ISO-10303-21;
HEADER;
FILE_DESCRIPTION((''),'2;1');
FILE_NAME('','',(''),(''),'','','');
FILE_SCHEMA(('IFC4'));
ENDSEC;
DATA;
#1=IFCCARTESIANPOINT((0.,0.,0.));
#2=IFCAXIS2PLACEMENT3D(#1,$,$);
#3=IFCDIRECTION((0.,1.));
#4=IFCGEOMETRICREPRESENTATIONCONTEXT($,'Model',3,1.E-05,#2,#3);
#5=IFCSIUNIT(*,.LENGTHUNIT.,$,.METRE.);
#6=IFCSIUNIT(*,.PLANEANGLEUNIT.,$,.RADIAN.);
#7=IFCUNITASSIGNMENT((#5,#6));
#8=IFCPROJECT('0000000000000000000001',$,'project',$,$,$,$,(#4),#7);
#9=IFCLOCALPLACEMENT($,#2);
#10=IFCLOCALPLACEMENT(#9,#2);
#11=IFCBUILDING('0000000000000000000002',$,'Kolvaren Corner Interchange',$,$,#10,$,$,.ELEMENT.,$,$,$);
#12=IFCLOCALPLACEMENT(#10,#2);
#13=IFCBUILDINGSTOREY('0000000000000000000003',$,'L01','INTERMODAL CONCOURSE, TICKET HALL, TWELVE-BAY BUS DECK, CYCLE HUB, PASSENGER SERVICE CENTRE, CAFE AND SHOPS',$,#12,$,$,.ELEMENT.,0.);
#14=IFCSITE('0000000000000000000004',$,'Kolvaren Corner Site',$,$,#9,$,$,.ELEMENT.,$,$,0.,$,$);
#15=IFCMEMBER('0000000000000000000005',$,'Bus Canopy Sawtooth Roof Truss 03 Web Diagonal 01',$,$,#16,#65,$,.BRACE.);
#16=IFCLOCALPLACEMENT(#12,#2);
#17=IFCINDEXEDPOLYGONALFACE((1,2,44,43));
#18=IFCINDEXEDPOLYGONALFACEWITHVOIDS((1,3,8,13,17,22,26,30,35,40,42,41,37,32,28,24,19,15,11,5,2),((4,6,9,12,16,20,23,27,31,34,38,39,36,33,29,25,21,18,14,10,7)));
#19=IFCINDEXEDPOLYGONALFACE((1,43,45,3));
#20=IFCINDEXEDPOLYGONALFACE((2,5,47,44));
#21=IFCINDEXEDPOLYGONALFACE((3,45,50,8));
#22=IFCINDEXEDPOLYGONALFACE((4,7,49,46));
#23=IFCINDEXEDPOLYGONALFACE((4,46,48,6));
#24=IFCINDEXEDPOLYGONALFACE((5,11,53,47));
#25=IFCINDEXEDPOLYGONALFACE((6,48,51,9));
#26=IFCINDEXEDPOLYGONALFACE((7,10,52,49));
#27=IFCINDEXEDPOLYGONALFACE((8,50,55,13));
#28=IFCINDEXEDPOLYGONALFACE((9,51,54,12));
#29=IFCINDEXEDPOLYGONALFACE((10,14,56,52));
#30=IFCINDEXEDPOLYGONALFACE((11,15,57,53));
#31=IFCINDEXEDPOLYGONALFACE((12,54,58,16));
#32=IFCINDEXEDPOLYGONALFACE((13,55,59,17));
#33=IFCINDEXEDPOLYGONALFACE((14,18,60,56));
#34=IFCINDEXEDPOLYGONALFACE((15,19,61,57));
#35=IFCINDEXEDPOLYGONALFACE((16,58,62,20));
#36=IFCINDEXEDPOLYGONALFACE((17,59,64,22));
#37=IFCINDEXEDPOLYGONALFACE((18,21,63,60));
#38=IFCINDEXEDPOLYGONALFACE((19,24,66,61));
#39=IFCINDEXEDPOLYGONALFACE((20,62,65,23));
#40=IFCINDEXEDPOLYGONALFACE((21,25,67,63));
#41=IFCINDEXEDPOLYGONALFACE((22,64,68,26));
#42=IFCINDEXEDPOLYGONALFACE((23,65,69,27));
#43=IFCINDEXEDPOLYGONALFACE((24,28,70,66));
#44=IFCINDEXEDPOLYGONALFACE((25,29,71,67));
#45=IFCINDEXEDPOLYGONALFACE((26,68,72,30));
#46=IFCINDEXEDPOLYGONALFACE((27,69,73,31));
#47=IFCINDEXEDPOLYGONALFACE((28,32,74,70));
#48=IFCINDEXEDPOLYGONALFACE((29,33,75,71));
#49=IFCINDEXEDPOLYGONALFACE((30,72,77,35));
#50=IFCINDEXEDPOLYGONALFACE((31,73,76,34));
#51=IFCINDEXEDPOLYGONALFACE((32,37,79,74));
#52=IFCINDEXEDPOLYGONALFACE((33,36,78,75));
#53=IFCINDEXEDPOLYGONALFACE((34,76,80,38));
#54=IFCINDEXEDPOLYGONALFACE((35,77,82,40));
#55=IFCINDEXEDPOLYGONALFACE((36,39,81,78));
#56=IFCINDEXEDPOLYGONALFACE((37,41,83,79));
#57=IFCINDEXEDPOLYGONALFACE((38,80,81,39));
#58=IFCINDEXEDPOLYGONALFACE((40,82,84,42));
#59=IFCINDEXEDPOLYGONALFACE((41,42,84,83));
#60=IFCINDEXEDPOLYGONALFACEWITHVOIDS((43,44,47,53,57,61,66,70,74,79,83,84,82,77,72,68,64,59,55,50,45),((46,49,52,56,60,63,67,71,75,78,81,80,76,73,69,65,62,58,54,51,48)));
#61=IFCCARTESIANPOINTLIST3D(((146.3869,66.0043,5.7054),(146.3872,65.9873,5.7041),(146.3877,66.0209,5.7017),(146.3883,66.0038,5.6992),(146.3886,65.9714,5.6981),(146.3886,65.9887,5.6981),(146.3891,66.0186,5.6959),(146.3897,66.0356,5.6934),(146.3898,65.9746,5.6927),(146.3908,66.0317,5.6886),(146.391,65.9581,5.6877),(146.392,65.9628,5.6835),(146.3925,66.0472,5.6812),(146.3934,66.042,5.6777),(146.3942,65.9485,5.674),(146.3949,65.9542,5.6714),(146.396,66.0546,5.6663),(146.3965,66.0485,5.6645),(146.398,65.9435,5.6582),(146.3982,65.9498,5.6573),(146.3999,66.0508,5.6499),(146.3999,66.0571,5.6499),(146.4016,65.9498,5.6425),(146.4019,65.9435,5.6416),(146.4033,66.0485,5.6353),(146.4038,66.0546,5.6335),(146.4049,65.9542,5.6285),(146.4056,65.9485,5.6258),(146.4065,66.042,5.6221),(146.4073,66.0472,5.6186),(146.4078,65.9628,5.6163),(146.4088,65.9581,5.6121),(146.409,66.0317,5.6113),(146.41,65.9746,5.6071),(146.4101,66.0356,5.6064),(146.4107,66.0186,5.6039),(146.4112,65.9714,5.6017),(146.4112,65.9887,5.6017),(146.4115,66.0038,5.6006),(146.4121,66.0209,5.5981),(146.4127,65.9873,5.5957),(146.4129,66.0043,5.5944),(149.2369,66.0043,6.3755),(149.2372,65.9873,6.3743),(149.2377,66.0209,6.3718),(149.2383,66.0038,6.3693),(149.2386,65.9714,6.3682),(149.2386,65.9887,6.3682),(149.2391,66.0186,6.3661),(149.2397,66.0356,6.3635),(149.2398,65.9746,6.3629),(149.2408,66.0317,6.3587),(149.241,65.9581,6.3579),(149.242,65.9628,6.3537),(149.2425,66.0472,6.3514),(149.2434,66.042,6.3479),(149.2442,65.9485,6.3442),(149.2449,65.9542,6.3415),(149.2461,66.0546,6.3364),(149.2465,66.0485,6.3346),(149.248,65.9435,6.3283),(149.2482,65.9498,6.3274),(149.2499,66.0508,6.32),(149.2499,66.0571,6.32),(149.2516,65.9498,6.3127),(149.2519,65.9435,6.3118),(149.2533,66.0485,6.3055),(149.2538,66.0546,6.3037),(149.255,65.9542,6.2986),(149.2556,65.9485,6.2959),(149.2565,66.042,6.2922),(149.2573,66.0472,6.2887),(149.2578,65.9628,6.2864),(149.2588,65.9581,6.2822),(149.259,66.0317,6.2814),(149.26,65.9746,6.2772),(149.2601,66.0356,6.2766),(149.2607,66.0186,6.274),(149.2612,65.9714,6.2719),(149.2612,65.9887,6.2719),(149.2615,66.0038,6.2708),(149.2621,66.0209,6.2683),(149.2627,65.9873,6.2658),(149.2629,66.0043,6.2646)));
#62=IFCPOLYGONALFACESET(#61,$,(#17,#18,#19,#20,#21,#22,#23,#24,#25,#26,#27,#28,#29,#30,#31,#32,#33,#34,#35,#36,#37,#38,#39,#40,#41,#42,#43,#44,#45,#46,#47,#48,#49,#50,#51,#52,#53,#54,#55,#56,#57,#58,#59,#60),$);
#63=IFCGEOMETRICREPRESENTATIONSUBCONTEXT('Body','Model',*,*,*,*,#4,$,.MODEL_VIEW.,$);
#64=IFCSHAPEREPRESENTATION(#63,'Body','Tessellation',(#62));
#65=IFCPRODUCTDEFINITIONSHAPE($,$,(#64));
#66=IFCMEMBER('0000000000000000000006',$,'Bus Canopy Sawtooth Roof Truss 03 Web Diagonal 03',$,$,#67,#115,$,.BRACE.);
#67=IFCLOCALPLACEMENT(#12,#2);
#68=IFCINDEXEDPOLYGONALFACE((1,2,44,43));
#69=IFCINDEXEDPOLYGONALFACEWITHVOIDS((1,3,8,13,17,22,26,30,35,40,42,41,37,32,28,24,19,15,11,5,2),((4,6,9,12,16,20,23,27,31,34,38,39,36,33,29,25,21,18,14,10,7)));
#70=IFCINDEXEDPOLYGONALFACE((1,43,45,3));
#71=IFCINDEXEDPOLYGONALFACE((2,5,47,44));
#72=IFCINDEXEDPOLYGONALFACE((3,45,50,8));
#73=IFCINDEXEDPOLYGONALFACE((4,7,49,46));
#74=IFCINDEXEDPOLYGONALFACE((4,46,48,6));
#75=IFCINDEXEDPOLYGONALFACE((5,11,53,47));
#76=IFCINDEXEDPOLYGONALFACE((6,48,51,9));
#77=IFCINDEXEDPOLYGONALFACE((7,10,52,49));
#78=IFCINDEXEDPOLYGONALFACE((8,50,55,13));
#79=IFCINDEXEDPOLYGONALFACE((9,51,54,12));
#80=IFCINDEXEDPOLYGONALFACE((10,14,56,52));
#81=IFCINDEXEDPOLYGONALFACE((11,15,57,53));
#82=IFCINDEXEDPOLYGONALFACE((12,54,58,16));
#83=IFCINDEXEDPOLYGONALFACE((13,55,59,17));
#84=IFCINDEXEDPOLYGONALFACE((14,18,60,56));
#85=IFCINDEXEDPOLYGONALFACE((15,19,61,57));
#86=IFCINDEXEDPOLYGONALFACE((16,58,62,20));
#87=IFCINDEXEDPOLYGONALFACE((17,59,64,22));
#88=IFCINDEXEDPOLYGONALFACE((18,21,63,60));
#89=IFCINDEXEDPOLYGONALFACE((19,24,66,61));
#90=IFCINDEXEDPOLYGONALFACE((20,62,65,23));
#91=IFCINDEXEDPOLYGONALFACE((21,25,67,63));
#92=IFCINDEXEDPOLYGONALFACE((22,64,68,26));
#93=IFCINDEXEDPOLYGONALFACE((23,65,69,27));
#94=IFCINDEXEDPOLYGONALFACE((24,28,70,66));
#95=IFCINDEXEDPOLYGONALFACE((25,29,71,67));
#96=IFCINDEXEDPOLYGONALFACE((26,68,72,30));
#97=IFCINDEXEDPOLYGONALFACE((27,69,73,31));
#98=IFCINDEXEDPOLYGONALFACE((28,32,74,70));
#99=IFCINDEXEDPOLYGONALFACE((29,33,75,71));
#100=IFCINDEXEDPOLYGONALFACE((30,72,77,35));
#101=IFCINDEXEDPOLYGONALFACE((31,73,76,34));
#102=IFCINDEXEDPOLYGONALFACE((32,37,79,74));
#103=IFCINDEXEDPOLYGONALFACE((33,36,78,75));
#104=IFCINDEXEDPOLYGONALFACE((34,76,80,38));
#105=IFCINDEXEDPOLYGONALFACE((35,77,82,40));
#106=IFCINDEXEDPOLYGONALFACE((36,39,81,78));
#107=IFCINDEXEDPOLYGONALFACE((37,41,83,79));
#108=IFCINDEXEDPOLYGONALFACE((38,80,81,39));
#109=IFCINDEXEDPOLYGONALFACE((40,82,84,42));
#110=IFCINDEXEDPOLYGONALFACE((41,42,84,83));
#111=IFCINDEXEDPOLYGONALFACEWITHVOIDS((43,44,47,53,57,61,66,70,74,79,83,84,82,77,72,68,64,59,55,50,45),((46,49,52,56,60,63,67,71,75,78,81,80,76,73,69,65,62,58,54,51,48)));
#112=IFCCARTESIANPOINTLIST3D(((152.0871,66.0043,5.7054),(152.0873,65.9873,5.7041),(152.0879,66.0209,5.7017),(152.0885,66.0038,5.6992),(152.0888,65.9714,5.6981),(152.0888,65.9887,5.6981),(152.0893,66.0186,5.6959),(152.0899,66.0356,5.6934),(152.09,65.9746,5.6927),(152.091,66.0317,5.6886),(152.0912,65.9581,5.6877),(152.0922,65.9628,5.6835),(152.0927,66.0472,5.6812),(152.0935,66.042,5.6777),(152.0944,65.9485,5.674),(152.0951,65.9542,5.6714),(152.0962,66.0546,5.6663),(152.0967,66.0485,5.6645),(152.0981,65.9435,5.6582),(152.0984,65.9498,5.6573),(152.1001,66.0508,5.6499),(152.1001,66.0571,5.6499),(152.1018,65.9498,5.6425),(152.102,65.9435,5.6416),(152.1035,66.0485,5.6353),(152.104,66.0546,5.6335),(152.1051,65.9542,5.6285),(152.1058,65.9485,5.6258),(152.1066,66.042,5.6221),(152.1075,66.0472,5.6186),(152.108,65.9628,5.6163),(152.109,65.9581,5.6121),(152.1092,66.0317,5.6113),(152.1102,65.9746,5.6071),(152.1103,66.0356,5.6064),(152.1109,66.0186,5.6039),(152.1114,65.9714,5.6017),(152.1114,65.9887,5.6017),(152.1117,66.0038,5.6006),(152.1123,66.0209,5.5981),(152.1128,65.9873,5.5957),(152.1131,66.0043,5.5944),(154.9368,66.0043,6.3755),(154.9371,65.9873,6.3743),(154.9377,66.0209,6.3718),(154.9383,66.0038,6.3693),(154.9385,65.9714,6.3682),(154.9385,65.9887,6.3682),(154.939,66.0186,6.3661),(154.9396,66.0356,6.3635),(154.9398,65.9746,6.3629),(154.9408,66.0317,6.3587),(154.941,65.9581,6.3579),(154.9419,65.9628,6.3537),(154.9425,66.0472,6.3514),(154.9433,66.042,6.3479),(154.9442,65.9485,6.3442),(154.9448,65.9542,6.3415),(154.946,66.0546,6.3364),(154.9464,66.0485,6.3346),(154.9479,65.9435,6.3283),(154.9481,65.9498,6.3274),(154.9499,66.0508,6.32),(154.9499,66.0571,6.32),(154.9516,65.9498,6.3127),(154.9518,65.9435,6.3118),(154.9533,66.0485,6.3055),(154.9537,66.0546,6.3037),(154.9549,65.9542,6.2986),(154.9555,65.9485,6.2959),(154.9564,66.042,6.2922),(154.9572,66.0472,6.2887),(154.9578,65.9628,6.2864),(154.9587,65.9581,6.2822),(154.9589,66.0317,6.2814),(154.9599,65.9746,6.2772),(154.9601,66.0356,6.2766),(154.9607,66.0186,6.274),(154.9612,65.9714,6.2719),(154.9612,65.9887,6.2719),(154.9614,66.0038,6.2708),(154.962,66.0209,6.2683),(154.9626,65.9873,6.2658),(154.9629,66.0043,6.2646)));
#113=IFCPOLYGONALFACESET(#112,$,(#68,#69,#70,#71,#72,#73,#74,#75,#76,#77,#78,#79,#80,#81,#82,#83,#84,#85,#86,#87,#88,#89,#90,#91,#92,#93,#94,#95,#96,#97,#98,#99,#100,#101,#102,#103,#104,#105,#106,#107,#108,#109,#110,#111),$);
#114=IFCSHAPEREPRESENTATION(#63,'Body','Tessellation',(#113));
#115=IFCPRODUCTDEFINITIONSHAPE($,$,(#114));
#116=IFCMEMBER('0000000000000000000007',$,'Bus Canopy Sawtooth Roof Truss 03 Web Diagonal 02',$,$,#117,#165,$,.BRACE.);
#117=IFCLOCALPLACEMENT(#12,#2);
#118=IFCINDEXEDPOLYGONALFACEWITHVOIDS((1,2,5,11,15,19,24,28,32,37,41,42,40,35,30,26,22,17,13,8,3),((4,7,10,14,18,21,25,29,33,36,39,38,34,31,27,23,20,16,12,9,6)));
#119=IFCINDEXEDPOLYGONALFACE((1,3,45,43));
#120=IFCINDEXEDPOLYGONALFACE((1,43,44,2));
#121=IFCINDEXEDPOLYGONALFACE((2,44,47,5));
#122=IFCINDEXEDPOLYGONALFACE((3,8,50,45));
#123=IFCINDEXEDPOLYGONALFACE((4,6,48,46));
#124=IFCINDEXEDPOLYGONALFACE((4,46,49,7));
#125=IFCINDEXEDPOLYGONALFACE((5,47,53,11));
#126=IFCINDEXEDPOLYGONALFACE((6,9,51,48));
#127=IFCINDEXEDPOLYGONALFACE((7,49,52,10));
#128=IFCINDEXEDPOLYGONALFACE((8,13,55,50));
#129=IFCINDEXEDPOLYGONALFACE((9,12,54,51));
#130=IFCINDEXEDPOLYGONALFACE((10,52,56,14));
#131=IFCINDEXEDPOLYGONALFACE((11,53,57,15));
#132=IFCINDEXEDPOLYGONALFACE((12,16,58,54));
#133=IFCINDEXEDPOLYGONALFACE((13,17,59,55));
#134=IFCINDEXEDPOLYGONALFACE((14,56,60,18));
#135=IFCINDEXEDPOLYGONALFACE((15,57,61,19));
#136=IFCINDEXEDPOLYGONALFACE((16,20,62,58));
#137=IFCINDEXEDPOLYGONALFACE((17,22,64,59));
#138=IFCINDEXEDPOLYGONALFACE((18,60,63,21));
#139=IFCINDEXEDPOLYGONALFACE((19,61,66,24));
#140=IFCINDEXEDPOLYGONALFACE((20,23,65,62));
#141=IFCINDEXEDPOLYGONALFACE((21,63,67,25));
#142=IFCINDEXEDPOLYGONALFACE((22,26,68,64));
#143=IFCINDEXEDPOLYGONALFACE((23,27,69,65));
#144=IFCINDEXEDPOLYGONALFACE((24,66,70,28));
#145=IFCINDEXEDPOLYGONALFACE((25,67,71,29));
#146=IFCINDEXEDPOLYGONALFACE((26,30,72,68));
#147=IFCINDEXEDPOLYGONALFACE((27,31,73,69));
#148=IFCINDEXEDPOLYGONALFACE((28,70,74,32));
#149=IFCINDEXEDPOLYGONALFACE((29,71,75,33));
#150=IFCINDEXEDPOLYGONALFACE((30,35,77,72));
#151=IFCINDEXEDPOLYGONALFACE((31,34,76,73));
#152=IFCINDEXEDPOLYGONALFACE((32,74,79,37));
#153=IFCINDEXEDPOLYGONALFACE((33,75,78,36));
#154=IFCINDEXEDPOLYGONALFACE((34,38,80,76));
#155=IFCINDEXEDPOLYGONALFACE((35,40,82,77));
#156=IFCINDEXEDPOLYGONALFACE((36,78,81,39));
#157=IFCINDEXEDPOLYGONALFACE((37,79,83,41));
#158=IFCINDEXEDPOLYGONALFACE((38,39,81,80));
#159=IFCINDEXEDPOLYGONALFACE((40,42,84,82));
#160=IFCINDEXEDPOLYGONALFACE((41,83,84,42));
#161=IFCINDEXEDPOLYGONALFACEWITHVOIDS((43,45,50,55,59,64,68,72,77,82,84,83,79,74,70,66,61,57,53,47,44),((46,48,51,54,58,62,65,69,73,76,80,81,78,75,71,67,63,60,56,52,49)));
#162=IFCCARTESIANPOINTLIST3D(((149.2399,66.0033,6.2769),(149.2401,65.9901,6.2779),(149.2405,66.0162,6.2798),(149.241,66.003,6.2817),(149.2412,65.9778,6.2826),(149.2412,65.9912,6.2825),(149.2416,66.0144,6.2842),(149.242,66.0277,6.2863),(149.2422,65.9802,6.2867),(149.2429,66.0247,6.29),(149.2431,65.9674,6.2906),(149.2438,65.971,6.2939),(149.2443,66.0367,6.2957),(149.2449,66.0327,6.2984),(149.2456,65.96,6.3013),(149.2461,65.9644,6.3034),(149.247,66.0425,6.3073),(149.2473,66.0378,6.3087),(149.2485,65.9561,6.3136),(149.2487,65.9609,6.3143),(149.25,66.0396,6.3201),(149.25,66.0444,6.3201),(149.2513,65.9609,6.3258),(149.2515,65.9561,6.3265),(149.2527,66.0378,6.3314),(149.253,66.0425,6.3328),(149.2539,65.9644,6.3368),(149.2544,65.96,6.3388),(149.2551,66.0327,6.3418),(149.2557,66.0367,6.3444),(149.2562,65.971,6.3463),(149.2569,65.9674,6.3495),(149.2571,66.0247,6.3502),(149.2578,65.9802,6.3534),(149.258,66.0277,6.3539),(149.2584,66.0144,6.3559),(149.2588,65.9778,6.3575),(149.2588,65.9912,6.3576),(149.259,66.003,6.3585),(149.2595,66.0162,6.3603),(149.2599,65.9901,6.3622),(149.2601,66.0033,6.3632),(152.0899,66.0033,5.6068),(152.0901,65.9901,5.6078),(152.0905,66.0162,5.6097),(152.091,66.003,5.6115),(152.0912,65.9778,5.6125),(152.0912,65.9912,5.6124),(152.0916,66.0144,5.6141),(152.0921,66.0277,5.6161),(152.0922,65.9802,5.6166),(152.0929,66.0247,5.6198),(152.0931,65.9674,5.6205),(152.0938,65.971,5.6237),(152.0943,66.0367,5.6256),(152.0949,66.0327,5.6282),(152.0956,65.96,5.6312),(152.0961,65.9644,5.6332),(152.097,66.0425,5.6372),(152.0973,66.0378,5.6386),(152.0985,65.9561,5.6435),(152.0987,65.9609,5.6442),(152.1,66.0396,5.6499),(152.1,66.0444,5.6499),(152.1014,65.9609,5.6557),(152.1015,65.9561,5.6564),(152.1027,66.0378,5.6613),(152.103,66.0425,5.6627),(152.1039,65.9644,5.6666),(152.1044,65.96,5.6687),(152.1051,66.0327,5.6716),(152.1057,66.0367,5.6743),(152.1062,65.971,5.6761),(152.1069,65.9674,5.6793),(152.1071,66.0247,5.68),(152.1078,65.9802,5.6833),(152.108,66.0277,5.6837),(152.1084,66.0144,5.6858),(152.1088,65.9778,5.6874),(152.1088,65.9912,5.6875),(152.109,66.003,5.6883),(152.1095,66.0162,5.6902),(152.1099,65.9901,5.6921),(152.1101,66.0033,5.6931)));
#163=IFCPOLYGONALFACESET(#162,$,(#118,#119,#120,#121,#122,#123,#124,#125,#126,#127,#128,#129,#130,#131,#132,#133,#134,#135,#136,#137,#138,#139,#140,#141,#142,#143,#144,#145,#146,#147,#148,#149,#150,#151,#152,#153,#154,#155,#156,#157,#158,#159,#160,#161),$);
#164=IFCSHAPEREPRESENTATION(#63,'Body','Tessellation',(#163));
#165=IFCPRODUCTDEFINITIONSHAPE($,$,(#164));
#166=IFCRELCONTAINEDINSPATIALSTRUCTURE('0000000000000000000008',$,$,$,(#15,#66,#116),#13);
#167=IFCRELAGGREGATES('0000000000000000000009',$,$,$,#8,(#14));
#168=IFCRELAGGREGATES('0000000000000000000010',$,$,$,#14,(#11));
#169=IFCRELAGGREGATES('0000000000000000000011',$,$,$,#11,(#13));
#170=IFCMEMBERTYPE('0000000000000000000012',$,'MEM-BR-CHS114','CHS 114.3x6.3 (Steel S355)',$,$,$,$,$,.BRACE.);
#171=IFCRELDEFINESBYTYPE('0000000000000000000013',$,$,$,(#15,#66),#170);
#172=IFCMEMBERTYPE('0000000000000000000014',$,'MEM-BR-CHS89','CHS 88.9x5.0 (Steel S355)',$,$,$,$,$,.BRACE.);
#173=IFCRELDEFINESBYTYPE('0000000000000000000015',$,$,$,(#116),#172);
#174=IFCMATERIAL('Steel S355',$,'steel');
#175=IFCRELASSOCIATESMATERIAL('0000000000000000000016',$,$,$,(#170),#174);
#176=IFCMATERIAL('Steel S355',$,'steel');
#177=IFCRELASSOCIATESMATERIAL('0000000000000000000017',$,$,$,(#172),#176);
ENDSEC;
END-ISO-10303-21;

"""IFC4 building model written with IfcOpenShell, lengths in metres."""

from ifc_helpers import new_model, si_unit, direction, frame, origin, origin_2d, place, context, subcontext, project, spatial, hollow_circle, extrude, material, material_profile, profile_set, type_object, element, save


model = new_model("IFC4")

# Units and contexts
model_context = context("Model", 3, precision=1e-05, world=origin(), true_north=direction((0.0, 1.0)))
body_context = subcontext(model_context, "Body", "Model", "MODEL_VIEW")
ifc_project = project(units=[si_unit("LENGTHUNIT", "METRE"), si_unit("PLANEANGLEUNIT", "RADIAN")], contexts=[model_context])

# Site, building, storey
site_placement = place(None, origin())
site = spatial("IfcSite", under=ifc_project, at=site_placement, Name="Kolvaren Corner Site", CompositionType="ELEMENT", RefElevation=0.0)
building_placement = place(site_placement, origin())
building = spatial("IfcBuilding", under=site, at=building_placement, Name="Kolvaren Corner Interchange", CompositionType="ELEMENT")
storey_placement = place(building_placement, origin())
storey = spatial("IfcBuildingStorey", under=building, at=storey_placement, Name="L01", Description="INTERMODAL CONCOURSE, TICKET HALL, TWELVE-BAY BUS DECK, CYCLE HUB, PASSENGER SERVICE CENTRE, CAFE AND SHOPS", CompositionType="ELEMENT", Elevation=0.0)

# Members
ifc_material_1 = material(Name="Steel S355", Category="steel")
ifc_material_profile_1 = material_profile(ifc_material_1, hollow_circle(Radius=0.0571, WallThickness=0.0063, at=origin_2d()), Name="CHS 114.3x6.3")
ifc_profile_set_1 = profile_set([ifc_material_profile_1], Name="Steel S355")
member_type_1 = type_object("IfcMemberType", Name="MEM-BR-CHS114", Description="CHS 114.3x6.3 (Steel S355)", PredefinedType="BRACE", material=ifc_profile_set_1)
member_1_placement = place(storey_placement, frame((146.3999, 66.0, 5.6499), z_axis=(0.973451, 0.0, 0.228895), x_axis=(0.0, 1.0, 0.0)))
element("IfcMember", 1, at=member_1_placement, inside=storey, type_object=member_type_1, Name="Bus Canopy Sawtooth Roof Truss 03 Web Diagonal 01", PredefinedType="BRACE", context=body_context, shape_type="SweptSolid", body=[
    extrude(hollow_circle(Radius=0.0571, WallThickness=0.0063, at=origin_2d()), origin(), (0.0, 0.0, 1.0), 2.9277),
])
member_2_placement = place(storey_placement, frame((152.1001, 66.0, 5.6499), z_axis=(0.973447, 0.0, 0.228914), x_axis=(0.0, 1.0, 0.0)))
element("IfcMember", 2, at=member_2_placement, inside=storey, type_object=member_type_1, Name="Bus Canopy Sawtooth Roof Truss 03 Web Diagonal 03", PredefinedType="BRACE", context=body_context, shape_type="SweptSolid", body=[
    extrude(hollow_circle(Radius=0.0571, WallThickness=0.0063, at=origin_2d()), origin(), (0.0, 0.0, 1.0), 2.9275),
])
ifc_material_2 = material(Name="Steel S355", Category="steel")
ifc_material_profile_2 = material_profile(ifc_material_2, hollow_circle(Radius=0.0444, WallThickness=0.0049, at=origin_2d()), Name="CHS 88.9x5.0")
ifc_profile_set_2 = profile_set([ifc_material_profile_2], Name="Steel S355")
member_type_2 = type_object("IfcMemberType", Name="MEM-BR-CHS89", Description="CHS 88.9x5.0 (Steel S355)", PredefinedType="BRACE", material=ifc_profile_set_2)
member_3_placement = place(storey_placement, frame((149.25, 66.0, 6.3201), z_axis=(0.973451, 0.0, -0.228895), x_axis=(0.0, 1.0, 0.0)))
element("IfcMember", 3, at=member_3_placement, inside=storey, type_object=member_type_2, Name="Bus Canopy Sawtooth Roof Truss 03 Web Diagonal 02", PredefinedType="BRACE", context=body_context, shape_type="SweptSolid", body=[
    extrude(hollow_circle(Radius=0.0444, WallThickness=0.0049, at=origin_2d()), origin(), (0.0, 0.0, 1.0), 2.9277),
])

save(model, "model.ifc")
